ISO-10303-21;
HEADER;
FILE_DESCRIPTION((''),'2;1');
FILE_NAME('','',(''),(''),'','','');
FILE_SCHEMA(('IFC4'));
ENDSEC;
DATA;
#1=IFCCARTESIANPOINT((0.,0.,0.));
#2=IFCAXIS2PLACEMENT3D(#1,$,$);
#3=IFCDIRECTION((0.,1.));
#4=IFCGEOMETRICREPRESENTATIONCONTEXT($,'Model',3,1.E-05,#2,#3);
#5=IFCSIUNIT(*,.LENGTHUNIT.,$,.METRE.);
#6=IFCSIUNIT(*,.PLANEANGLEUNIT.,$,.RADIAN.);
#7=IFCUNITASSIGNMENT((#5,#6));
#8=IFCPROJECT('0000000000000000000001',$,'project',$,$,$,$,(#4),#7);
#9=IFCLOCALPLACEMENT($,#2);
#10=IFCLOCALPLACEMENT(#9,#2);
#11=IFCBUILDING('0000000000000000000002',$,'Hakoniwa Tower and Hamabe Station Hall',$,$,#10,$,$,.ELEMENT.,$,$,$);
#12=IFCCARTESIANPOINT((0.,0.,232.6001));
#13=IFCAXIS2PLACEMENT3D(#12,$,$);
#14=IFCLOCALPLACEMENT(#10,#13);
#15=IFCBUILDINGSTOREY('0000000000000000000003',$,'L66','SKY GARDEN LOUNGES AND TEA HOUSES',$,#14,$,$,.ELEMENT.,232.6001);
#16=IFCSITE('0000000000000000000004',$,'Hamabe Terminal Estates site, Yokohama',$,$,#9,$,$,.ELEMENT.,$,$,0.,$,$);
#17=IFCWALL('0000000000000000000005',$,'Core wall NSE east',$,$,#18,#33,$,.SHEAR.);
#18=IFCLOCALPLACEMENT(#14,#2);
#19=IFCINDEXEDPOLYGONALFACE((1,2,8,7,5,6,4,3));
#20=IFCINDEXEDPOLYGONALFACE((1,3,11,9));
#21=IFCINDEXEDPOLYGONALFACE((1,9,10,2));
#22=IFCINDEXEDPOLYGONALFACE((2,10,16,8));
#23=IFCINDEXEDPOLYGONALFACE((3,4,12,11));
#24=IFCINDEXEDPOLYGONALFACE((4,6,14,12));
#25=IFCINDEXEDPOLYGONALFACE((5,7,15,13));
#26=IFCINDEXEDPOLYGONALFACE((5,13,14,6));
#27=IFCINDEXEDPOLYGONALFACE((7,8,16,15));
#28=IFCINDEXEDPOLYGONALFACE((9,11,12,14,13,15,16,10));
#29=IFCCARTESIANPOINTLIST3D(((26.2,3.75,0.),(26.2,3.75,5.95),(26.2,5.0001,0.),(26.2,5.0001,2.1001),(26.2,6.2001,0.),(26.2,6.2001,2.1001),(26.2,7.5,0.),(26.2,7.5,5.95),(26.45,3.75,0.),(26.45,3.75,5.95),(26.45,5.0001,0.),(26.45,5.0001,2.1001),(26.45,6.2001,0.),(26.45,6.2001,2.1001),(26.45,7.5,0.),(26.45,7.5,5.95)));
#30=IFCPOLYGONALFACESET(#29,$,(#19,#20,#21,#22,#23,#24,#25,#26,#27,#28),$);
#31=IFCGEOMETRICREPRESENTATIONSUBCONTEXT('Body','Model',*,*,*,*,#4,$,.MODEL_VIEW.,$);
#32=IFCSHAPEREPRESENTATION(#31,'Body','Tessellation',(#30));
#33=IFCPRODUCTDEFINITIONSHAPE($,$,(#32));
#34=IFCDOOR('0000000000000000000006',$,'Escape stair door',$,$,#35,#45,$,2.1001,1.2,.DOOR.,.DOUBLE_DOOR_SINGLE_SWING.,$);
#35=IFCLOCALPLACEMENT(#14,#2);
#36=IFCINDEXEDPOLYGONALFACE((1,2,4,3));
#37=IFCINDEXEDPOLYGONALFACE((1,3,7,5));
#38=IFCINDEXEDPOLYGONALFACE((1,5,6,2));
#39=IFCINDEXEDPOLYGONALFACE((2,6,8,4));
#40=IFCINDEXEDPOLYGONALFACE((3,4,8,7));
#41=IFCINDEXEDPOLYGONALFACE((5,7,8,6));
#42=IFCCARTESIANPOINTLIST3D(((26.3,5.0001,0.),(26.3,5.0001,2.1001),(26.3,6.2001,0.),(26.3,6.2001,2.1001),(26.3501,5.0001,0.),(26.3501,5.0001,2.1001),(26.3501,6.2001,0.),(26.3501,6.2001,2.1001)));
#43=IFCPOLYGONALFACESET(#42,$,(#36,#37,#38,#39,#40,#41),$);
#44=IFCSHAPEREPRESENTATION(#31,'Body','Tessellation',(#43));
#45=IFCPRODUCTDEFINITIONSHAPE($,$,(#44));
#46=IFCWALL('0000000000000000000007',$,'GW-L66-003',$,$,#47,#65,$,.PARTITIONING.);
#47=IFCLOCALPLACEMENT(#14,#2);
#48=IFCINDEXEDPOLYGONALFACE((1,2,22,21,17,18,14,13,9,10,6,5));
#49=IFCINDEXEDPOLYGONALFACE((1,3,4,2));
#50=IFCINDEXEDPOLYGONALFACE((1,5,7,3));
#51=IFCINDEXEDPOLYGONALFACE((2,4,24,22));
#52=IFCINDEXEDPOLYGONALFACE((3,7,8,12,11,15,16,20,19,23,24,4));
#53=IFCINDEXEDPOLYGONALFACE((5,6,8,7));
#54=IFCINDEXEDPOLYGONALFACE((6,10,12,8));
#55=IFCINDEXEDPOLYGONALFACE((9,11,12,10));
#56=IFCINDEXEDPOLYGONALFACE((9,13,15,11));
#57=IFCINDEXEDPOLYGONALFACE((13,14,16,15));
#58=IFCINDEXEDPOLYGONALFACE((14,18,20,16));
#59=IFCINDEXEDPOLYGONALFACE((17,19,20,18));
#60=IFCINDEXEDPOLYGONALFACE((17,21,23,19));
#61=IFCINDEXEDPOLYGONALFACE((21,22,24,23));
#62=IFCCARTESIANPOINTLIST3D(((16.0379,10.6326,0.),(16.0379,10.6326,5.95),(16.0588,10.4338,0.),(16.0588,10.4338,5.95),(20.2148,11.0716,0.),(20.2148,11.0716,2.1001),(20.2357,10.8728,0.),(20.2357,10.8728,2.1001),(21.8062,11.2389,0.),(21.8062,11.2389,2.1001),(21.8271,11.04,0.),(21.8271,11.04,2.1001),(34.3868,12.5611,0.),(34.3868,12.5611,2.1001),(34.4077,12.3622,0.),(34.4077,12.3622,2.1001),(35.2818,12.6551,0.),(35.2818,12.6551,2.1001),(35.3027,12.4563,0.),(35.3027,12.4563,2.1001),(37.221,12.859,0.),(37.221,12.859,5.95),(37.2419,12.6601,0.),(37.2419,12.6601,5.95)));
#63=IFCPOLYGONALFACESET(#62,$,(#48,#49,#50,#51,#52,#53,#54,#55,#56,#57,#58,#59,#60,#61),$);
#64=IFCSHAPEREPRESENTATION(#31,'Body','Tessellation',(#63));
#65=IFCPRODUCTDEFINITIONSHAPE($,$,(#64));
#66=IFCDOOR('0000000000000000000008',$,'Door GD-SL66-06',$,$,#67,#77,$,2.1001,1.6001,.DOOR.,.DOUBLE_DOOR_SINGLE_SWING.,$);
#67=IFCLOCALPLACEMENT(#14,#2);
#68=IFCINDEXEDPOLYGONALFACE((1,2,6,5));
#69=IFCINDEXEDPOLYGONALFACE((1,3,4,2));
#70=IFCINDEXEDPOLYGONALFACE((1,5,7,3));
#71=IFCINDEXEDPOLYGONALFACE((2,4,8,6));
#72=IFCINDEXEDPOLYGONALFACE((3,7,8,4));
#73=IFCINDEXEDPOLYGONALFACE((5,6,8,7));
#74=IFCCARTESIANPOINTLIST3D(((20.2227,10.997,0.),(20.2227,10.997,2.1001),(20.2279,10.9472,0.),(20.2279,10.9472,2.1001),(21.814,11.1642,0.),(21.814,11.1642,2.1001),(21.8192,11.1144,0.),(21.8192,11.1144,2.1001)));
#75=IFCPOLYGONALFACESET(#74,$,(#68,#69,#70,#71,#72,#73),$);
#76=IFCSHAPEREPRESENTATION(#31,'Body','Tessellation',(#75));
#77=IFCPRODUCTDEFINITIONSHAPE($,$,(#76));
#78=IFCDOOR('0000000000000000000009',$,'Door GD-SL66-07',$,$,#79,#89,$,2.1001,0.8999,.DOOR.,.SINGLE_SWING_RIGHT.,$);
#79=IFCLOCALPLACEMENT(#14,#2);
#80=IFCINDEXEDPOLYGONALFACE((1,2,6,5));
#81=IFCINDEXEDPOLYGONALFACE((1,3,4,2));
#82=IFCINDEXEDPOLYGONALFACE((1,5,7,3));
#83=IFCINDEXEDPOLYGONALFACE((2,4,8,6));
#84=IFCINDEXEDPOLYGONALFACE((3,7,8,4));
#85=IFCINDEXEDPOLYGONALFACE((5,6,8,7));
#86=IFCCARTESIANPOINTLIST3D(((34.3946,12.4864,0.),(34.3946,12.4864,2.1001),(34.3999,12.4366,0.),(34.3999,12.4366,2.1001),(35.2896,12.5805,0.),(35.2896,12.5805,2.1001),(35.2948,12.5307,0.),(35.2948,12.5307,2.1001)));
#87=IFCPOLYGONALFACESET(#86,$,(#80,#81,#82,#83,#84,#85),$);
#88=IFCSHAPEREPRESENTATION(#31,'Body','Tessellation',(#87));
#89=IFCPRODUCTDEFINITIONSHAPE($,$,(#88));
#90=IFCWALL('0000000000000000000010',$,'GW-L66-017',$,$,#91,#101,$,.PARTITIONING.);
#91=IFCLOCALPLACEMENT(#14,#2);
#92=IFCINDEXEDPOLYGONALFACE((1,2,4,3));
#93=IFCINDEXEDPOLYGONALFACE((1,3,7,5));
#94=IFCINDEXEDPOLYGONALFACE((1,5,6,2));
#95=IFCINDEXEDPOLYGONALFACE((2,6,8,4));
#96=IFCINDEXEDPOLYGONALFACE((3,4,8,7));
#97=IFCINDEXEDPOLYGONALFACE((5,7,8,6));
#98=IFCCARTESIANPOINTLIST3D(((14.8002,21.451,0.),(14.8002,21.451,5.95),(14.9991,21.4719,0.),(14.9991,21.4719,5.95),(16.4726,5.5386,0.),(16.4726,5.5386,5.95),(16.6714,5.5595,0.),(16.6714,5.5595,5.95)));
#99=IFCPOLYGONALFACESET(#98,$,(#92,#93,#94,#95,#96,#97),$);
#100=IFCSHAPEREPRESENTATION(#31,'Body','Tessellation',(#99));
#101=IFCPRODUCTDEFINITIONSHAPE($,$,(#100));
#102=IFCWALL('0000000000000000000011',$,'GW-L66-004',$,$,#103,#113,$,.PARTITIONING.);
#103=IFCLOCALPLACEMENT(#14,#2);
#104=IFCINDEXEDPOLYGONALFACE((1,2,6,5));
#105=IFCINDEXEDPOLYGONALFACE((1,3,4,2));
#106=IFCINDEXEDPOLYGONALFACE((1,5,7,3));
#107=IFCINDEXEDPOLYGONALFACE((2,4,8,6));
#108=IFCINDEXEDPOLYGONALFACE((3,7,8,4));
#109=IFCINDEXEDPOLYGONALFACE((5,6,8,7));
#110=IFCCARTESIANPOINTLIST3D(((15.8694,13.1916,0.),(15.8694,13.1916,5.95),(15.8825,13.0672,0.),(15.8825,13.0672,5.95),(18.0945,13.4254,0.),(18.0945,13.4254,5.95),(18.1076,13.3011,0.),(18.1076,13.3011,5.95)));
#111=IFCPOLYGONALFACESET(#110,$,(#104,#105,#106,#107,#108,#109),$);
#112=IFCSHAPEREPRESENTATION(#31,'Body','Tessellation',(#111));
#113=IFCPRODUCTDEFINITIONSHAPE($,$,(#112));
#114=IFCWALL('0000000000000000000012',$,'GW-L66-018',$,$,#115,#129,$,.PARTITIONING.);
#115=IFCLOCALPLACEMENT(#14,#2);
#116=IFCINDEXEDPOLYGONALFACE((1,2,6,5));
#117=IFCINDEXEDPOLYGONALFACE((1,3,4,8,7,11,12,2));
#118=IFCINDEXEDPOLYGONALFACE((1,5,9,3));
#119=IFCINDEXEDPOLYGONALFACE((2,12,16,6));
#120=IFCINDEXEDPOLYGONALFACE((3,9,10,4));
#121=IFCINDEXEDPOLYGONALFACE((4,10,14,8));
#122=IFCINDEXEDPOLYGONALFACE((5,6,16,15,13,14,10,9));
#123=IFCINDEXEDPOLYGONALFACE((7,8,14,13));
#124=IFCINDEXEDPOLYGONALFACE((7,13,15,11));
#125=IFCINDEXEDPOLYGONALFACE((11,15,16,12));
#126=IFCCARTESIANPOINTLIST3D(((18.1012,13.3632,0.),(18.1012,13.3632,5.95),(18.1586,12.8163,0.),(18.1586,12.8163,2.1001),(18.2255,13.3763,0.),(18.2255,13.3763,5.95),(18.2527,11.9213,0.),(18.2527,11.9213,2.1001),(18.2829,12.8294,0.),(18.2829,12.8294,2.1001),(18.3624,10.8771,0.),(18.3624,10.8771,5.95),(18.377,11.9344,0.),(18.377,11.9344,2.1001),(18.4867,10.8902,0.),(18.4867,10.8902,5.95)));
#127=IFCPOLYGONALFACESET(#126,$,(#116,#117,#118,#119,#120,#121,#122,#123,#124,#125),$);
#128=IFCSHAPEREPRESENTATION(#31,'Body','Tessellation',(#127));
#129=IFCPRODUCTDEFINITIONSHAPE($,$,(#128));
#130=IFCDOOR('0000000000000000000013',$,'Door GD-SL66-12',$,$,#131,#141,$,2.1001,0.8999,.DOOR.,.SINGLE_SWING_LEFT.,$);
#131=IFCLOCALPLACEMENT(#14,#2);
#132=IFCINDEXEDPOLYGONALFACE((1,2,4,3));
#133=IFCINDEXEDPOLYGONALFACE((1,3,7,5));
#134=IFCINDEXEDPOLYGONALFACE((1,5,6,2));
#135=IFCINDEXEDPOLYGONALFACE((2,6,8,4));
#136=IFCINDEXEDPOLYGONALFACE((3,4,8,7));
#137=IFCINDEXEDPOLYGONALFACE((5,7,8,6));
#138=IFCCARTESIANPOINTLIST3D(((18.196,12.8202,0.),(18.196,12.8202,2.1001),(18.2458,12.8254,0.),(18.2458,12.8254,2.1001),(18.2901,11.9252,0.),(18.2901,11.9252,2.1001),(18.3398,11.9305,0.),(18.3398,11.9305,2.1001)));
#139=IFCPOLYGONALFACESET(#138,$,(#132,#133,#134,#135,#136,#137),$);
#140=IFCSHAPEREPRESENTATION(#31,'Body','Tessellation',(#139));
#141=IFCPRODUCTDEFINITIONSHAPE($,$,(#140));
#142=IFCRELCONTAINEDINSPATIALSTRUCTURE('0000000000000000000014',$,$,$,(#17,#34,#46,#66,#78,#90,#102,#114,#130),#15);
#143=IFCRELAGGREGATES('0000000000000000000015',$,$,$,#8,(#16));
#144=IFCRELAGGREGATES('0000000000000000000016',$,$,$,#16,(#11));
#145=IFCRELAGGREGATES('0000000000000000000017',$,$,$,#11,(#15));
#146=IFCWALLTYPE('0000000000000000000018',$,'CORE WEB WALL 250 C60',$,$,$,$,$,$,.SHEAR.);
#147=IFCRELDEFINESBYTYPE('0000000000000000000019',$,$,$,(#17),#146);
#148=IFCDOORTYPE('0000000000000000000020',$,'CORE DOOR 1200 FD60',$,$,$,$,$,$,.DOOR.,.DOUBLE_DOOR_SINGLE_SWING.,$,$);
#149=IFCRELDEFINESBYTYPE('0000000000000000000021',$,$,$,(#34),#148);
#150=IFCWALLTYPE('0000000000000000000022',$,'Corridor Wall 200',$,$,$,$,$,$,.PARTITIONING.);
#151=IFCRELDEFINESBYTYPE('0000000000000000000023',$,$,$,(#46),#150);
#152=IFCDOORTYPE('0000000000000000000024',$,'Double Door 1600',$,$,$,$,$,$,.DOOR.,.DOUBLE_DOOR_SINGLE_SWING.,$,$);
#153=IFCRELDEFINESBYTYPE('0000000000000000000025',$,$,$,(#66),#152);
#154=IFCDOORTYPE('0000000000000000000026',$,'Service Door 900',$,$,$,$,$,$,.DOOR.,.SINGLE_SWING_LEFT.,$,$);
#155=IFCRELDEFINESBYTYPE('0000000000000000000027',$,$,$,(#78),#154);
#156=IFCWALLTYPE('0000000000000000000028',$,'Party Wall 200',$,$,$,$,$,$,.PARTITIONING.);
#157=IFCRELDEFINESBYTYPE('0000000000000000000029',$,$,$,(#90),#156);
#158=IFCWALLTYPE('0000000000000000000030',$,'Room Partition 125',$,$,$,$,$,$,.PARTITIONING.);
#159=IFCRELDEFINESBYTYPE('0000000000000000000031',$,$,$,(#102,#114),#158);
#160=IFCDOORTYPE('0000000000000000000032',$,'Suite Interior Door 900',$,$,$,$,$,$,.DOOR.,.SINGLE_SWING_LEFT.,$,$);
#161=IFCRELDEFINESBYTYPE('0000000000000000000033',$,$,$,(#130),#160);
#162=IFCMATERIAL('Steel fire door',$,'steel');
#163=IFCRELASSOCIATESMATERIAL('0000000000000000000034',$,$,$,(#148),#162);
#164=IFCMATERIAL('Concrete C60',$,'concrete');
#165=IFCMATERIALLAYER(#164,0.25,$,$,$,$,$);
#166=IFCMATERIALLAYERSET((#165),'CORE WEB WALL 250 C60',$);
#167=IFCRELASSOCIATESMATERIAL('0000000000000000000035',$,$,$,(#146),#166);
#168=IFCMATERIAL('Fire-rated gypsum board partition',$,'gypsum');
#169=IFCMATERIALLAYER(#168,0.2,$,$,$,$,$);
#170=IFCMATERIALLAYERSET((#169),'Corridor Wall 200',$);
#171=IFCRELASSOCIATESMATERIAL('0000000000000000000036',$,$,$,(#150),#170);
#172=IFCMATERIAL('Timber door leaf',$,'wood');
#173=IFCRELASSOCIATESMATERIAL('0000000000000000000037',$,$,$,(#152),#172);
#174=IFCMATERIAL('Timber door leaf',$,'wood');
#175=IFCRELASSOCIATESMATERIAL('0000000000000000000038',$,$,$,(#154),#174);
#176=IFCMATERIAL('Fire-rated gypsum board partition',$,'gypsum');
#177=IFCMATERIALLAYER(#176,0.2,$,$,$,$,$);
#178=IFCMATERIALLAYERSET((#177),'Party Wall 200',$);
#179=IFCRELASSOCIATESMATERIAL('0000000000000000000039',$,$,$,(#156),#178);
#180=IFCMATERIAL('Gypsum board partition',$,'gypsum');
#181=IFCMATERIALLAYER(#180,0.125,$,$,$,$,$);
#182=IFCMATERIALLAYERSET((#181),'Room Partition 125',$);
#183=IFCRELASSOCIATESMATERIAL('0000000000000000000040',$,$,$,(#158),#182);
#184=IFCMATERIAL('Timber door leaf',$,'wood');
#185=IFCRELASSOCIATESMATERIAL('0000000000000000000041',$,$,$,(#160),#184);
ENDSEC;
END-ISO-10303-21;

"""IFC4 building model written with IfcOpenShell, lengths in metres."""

from ifc_helpers import new_model, si_unit, direction, frame, frame_2d, origin, place, context, subcontext, project, spatial, rectangle, extrude, material, layer, layer_set, type_object, element, fill, save


model = new_model("IFC4")

# Units and contexts
model_context = context("Model", 3, precision=1e-05, world=origin(), true_north=direction((0.0, 1.0)))
body_context = subcontext(model_context, "Body", "Model", "MODEL_VIEW")
ifc_project = project(units=[si_unit("LENGTHUNIT", "METRE"), si_unit("PLANEANGLEUNIT", "RADIAN")], contexts=[model_context])

# Site, building, storey
site_placement = place(None, origin())
site = spatial("IfcSite", under=ifc_project, at=site_placement, Name="Hamabe Terminal Estates site, Yokohama", CompositionType="ELEMENT", RefElevation=0.0)
building_placement = place(site_placement, origin())
building = spatial("IfcBuilding", under=site, at=building_placement, Name="Hakoniwa Tower and Hamabe Station Hall", CompositionType="ELEMENT")
storey_placement = place(building_placement, frame((0.0, 0.0, 232.6001)))
storey = spatial("IfcBuildingStorey", under=building, at=storey_placement, Name="L66", Description="SKY GARDEN LOUNGES AND TEA HOUSES", CompositionType="ELEMENT", Elevation=232.6001)

# Shared definitions
ifc_material_1 = material(Name="Steel fire door", Category="steel")
door_type_1 = type_object("IfcDoorType", Name="CORE DOOR 1200 FD60", OperationType="DOUBLE_DOOR_SINGLE_SWING", PredefinedType="DOOR", material=ifc_material_1)

# Shared definitions
ifc_material_2 = material(Name="Concrete C60", Category="concrete")
ifc_layer_1 = layer(ifc_material_2, 0.25)
ifc_layer_set_1 = layer_set([ifc_layer_1], Name="CORE WEB WALL 250 C60")
wall_type_1 = type_object("IfcWallType", Name="CORE WEB WALL 250 C60", PredefinedType="SHEAR", material=ifc_layer_set_1)

# Wall, opening, door
wall_1_placement = place(storey_placement, frame((26.325, 3.75, 0.0), z_axis=(0.0, 0.0, 1.0), x_axis=(0.0, 1.0, 0.0)))
wall_1 = element("IfcWall", 1, at=wall_1_placement, inside=storey, type_object=wall_type_1, Name="Core wall NSE east", PredefinedType="SHEAR", context=body_context, shape_type="SweptSolid", body=[
    extrude(rectangle(XDim=3.75, YDim=0.25, at=frame_2d((1.875, 0.0))), origin(), (0.0, 0.0, 1.0), 5.95),
])
opening_1_placement = place(wall_1_placement, frame((1.25, 0.0, 0.0)))
opening_1 = element("IfcOpeningElement", 2, at=opening_1_placement, cuts=wall_1, PredefinedType="OPENING", context=body_context, shape_type="SweptSolid", body=[
    extrude(rectangle(XDim=1.2, YDim=2.1001, at=frame_2d((0.6001, 1.05))), frame((0.0, 0.135, 0.0), z_axis=(0.0, -1.0, 0.0), x_axis=(1.0, 0.0, 0.0)), (0.0, 0.0, 1.0), 0.27),
])
door_1_placement = place(opening_1_placement, origin())
door_1 = element("IfcDoor", 3, at=door_1_placement, inside=storey, type_object=door_type_1, Name="Escape stair door", OperationType="DOUBLE_DOOR_SINGLE_SWING", OverallHeight=2.1001, OverallWidth=1.2, PredefinedType="DOOR", context=body_context, shape_type="SweptSolid", body=[
    extrude(rectangle(XDim=1.2, YDim=2.1001, at=frame_2d((0.6001, 1.05))), frame((0.0, 0.0249, 0.0), z_axis=(0.0, -1.0, 0.0), x_axis=(1.0, 0.0, 0.0)), (0.0, 0.0, 1.0), 0.05),
])
fill(opening_1, door_1)

# Wall, openings, doors
ifc_material_3 = material(Name="Fire-rated gypsum board partition", Category="gypsum")
ifc_layer_2 = layer(ifc_material_3, 0.2)
ifc_layer_set_2 = layer_set([ifc_layer_2], Name="Corridor Wall 200")
wall_type_2 = type_object("IfcWallType", Name="Corridor Wall 200", PredefinedType="PARTITIONING", material=ifc_layer_set_2)
wall_2_placement = place(storey_placement, frame((16.0483, 10.5332, 0.0), z_axis=(0.0, 0.0, 1.0), x_axis=(0.994522, 0.104523, 0.0)))
wall_2 = element("IfcWall", 4, at=wall_2_placement, inside=storey, type_object=wall_type_2, Name="GW-L66-003", PredefinedType="PARTITIONING", context=body_context, shape_type="SweptSolid", body=[
    extrude(rectangle(XDim=21.2998, YDim=0.2, at=frame_2d((10.6499, 0.0))), origin(), (0.0, 0.0, 1.0), 5.95),
])
opening_2_placement = place(wall_2_placement, frame((4.2, 0.0, 0.0)))
opening_2 = element("IfcOpeningElement", 5, at=opening_2_placement, cuts=wall_2, PredefinedType="OPENING", context=body_context, shape_type="SweptSolid", body=[
    extrude(rectangle(XDim=1.6001, YDim=2.1001, at=frame_2d((0.8, 1.05))), frame((0.0, 0.1099, 0.0), z_axis=(0.0, -1.0, 0.0), x_axis=(1.0, 0.0, 0.0)), (0.0, 0.0, 1.0), 0.22),
])
opening_3_placement = place(wall_2_placement, frame((18.45, 0.0, 0.0)))
opening_3 = element("IfcOpeningElement", 6, at=opening_3_placement, cuts=wall_2, PredefinedType="OPENING", context=body_context, shape_type="SweptSolid", body=[
    extrude(rectangle(XDim=0.8999, YDim=2.1001, at=frame_2d((0.45, 1.05))), frame((0.0, 0.1099, 0.0), z_axis=(0.0, -1.0, 0.0), x_axis=(1.0, 0.0, 0.0)), (0.0, 0.0, 1.0), 0.22),
])
ifc_material_4 = material(Name="Timber door leaf", Category="wood")
door_type_2 = type_object("IfcDoorType", Name="Double Door 1600", OperationType="DOUBLE_DOOR_SINGLE_SWING", PredefinedType="DOOR", material=ifc_material_4)
door_2_placement = place(opening_2_placement, origin())
door_2 = element("IfcDoor", 7, at=door_2_placement, inside=storey, type_object=door_type_2, Name="Door GD-SL66-06", OperationType="DOUBLE_DOOR_SINGLE_SWING", OverallHeight=2.1001, OverallWidth=1.6001, PredefinedType="DOOR", context=body_context, shape_type="SweptSolid", body=[
    extrude(rectangle(XDim=1.6001, YDim=2.1001, at=frame_2d((0.8, 1.05))), frame((0.0, 0.0249, 0.0), z_axis=(0.0, -1.0, 0.0), x_axis=(1.0, 0.0, 0.0)), (0.0, 0.0, 1.0), 0.05),
])
fill(opening_2, door_2)
ifc_material_5 = material(Name="Timber door leaf", Category="wood")
door_type_3 = type_object("IfcDoorType", Name="Service Door 900", OperationType="SINGLE_SWING_LEFT", PredefinedType="DOOR", material=ifc_material_5)
door_3_placement = place(opening_3_placement, origin())
door_3 = element("IfcDoor", 8, at=door_3_placement, inside=storey, type_object=door_type_3, Name="Door GD-SL66-07", OperationType="SINGLE_SWING_RIGHT", OverallHeight=2.1001, OverallWidth=0.8999, PredefinedType="DOOR", context=body_context, shape_type="SweptSolid", body=[
    extrude(rectangle(XDim=0.8999, YDim=2.1001, at=frame_2d((0.45, 1.05))), frame((0.0, 0.0249, 0.0), z_axis=(0.0, -1.0, 0.0), x_axis=(1.0, 0.0, 0.0)), (0.0, 0.0, 1.0), 0.05),
])
fill(opening_3, door_3)

# Walls
ifc_material_6 = material(Name="Fire-rated gypsum board partition", Category="gypsum")
ifc_layer_3 = layer(ifc_material_6, 0.2)
ifc_layer_set_3 = layer_set([ifc_layer_3], Name="Party Wall 200")
wall_type_3 = type_object("IfcWallType", Name="Party Wall 200", PredefinedType="PARTITIONING", material=ifc_layer_set_3)
wall_3_placement = place(storey_placement, frame((16.572, 5.5491, 0.0), z_axis=(0.0, 0.0, 1.0), x_axis=(-0.104523, 0.994522, 0.0)))
element("IfcWall", 9, at=wall_3_placement, inside=storey, type_object=wall_type_3, Name="GW-L66-017", PredefinedType="PARTITIONING", context=body_context, shape_type="SweptSolid", body=[
    extrude(rectangle(XDim=16.0, YDim=0.2, at=frame_2d((8.0, 0.0))), origin(), (0.0, 0.0, 1.0), 5.95),
])
ifc_material_7 = material(Name="Gypsum board partition", Category="gypsum")
ifc_layer_4 = layer(ifc_material_7, 0.125)
ifc_layer_set_4 = layer_set([ifc_layer_4], Name="Room Partition 125")
wall_type_4 = type_object("IfcWallType", Name="Room Partition 125", PredefinedType="PARTITIONING", material=ifc_layer_set_4)
wall_4_placement = place(storey_placement, frame((15.876, 13.1294, 0.0), z_axis=(0.0, 0.0, 1.0), x_axis=(0.994521, 0.104537, 0.0)))
element("IfcWall", 10, at=wall_4_placement, inside=storey, type_object=wall_type_4, Name="GW-L66-004", PredefinedType="PARTITIONING", context=body_context, shape_type="SweptSolid", body=[
    extrude(rectangle(XDim=2.2373, YDim=0.125, at=frame_2d((1.1187, 0.0))), origin(), (0.0, 0.0, 1.0), 5.95),
])

# Wall, opening, door
wall_5_placement = place(storey_placement, frame((18.4246, 10.8835, 0.0), z_axis=(0.0, 0.0, 1.0), x_axis=(-0.104502, 0.994525, 0.0)))
wall_5 = element("IfcWall", 11, at=wall_5_placement, inside=storey, type_object=wall_type_4, Name="GW-L66-018", PredefinedType="PARTITIONING", context=body_context, shape_type="SweptSolid", body=[
    extrude(rectangle(XDim=2.4998, YDim=0.125, at=frame_2d((1.25, 0.0))), origin(), (0.0, 0.0, 1.0), 5.95),
])
opening_4_placement = place(wall_5_placement, frame((1.05, 0.0, 0.0)))
opening_4 = element("IfcOpeningElement", 12, at=opening_4_placement, cuts=wall_5, PredefinedType="OPENING", context=body_context, shape_type="SweptSolid", body=[
    extrude(rectangle(XDim=0.8999, YDim=2.1001, at=frame_2d((0.45, 1.05))), frame((0.0, 0.0725, 0.0), z_axis=(0.0, -1.0, 0.0), x_axis=(1.0, 0.0, 0.0)), (0.0, 0.0, 1.0), 0.145),
])
ifc_material_8 = material(Name="Timber door leaf", Category="wood")
door_type_4 = type_object("IfcDoorType", Name="Suite Interior Door 900", OperationType="SINGLE_SWING_LEFT", PredefinedType="DOOR", material=ifc_material_8)
door_4_placement = place(opening_4_placement, origin())
door_4 = element("IfcDoor", 13, at=door_4_placement, inside=storey, type_object=door_type_4, Name="Door GD-SL66-12", OperationType="SINGLE_SWING_LEFT", OverallHeight=2.1001, OverallWidth=0.8999, PredefinedType="DOOR", context=body_context, shape_type="SweptSolid", body=[
    extrude(rectangle(XDim=0.8999, YDim=2.1001, at=frame_2d((0.45, 1.05))), frame((0.0, 0.0249, 0.0), z_axis=(0.0, -1.0, 0.0), x_axis=(1.0, 0.0, 0.0)), (0.0, 0.0, 1.0), 0.05),
])
fill(opening_4, door_4)

save(model, "model.ifc")
